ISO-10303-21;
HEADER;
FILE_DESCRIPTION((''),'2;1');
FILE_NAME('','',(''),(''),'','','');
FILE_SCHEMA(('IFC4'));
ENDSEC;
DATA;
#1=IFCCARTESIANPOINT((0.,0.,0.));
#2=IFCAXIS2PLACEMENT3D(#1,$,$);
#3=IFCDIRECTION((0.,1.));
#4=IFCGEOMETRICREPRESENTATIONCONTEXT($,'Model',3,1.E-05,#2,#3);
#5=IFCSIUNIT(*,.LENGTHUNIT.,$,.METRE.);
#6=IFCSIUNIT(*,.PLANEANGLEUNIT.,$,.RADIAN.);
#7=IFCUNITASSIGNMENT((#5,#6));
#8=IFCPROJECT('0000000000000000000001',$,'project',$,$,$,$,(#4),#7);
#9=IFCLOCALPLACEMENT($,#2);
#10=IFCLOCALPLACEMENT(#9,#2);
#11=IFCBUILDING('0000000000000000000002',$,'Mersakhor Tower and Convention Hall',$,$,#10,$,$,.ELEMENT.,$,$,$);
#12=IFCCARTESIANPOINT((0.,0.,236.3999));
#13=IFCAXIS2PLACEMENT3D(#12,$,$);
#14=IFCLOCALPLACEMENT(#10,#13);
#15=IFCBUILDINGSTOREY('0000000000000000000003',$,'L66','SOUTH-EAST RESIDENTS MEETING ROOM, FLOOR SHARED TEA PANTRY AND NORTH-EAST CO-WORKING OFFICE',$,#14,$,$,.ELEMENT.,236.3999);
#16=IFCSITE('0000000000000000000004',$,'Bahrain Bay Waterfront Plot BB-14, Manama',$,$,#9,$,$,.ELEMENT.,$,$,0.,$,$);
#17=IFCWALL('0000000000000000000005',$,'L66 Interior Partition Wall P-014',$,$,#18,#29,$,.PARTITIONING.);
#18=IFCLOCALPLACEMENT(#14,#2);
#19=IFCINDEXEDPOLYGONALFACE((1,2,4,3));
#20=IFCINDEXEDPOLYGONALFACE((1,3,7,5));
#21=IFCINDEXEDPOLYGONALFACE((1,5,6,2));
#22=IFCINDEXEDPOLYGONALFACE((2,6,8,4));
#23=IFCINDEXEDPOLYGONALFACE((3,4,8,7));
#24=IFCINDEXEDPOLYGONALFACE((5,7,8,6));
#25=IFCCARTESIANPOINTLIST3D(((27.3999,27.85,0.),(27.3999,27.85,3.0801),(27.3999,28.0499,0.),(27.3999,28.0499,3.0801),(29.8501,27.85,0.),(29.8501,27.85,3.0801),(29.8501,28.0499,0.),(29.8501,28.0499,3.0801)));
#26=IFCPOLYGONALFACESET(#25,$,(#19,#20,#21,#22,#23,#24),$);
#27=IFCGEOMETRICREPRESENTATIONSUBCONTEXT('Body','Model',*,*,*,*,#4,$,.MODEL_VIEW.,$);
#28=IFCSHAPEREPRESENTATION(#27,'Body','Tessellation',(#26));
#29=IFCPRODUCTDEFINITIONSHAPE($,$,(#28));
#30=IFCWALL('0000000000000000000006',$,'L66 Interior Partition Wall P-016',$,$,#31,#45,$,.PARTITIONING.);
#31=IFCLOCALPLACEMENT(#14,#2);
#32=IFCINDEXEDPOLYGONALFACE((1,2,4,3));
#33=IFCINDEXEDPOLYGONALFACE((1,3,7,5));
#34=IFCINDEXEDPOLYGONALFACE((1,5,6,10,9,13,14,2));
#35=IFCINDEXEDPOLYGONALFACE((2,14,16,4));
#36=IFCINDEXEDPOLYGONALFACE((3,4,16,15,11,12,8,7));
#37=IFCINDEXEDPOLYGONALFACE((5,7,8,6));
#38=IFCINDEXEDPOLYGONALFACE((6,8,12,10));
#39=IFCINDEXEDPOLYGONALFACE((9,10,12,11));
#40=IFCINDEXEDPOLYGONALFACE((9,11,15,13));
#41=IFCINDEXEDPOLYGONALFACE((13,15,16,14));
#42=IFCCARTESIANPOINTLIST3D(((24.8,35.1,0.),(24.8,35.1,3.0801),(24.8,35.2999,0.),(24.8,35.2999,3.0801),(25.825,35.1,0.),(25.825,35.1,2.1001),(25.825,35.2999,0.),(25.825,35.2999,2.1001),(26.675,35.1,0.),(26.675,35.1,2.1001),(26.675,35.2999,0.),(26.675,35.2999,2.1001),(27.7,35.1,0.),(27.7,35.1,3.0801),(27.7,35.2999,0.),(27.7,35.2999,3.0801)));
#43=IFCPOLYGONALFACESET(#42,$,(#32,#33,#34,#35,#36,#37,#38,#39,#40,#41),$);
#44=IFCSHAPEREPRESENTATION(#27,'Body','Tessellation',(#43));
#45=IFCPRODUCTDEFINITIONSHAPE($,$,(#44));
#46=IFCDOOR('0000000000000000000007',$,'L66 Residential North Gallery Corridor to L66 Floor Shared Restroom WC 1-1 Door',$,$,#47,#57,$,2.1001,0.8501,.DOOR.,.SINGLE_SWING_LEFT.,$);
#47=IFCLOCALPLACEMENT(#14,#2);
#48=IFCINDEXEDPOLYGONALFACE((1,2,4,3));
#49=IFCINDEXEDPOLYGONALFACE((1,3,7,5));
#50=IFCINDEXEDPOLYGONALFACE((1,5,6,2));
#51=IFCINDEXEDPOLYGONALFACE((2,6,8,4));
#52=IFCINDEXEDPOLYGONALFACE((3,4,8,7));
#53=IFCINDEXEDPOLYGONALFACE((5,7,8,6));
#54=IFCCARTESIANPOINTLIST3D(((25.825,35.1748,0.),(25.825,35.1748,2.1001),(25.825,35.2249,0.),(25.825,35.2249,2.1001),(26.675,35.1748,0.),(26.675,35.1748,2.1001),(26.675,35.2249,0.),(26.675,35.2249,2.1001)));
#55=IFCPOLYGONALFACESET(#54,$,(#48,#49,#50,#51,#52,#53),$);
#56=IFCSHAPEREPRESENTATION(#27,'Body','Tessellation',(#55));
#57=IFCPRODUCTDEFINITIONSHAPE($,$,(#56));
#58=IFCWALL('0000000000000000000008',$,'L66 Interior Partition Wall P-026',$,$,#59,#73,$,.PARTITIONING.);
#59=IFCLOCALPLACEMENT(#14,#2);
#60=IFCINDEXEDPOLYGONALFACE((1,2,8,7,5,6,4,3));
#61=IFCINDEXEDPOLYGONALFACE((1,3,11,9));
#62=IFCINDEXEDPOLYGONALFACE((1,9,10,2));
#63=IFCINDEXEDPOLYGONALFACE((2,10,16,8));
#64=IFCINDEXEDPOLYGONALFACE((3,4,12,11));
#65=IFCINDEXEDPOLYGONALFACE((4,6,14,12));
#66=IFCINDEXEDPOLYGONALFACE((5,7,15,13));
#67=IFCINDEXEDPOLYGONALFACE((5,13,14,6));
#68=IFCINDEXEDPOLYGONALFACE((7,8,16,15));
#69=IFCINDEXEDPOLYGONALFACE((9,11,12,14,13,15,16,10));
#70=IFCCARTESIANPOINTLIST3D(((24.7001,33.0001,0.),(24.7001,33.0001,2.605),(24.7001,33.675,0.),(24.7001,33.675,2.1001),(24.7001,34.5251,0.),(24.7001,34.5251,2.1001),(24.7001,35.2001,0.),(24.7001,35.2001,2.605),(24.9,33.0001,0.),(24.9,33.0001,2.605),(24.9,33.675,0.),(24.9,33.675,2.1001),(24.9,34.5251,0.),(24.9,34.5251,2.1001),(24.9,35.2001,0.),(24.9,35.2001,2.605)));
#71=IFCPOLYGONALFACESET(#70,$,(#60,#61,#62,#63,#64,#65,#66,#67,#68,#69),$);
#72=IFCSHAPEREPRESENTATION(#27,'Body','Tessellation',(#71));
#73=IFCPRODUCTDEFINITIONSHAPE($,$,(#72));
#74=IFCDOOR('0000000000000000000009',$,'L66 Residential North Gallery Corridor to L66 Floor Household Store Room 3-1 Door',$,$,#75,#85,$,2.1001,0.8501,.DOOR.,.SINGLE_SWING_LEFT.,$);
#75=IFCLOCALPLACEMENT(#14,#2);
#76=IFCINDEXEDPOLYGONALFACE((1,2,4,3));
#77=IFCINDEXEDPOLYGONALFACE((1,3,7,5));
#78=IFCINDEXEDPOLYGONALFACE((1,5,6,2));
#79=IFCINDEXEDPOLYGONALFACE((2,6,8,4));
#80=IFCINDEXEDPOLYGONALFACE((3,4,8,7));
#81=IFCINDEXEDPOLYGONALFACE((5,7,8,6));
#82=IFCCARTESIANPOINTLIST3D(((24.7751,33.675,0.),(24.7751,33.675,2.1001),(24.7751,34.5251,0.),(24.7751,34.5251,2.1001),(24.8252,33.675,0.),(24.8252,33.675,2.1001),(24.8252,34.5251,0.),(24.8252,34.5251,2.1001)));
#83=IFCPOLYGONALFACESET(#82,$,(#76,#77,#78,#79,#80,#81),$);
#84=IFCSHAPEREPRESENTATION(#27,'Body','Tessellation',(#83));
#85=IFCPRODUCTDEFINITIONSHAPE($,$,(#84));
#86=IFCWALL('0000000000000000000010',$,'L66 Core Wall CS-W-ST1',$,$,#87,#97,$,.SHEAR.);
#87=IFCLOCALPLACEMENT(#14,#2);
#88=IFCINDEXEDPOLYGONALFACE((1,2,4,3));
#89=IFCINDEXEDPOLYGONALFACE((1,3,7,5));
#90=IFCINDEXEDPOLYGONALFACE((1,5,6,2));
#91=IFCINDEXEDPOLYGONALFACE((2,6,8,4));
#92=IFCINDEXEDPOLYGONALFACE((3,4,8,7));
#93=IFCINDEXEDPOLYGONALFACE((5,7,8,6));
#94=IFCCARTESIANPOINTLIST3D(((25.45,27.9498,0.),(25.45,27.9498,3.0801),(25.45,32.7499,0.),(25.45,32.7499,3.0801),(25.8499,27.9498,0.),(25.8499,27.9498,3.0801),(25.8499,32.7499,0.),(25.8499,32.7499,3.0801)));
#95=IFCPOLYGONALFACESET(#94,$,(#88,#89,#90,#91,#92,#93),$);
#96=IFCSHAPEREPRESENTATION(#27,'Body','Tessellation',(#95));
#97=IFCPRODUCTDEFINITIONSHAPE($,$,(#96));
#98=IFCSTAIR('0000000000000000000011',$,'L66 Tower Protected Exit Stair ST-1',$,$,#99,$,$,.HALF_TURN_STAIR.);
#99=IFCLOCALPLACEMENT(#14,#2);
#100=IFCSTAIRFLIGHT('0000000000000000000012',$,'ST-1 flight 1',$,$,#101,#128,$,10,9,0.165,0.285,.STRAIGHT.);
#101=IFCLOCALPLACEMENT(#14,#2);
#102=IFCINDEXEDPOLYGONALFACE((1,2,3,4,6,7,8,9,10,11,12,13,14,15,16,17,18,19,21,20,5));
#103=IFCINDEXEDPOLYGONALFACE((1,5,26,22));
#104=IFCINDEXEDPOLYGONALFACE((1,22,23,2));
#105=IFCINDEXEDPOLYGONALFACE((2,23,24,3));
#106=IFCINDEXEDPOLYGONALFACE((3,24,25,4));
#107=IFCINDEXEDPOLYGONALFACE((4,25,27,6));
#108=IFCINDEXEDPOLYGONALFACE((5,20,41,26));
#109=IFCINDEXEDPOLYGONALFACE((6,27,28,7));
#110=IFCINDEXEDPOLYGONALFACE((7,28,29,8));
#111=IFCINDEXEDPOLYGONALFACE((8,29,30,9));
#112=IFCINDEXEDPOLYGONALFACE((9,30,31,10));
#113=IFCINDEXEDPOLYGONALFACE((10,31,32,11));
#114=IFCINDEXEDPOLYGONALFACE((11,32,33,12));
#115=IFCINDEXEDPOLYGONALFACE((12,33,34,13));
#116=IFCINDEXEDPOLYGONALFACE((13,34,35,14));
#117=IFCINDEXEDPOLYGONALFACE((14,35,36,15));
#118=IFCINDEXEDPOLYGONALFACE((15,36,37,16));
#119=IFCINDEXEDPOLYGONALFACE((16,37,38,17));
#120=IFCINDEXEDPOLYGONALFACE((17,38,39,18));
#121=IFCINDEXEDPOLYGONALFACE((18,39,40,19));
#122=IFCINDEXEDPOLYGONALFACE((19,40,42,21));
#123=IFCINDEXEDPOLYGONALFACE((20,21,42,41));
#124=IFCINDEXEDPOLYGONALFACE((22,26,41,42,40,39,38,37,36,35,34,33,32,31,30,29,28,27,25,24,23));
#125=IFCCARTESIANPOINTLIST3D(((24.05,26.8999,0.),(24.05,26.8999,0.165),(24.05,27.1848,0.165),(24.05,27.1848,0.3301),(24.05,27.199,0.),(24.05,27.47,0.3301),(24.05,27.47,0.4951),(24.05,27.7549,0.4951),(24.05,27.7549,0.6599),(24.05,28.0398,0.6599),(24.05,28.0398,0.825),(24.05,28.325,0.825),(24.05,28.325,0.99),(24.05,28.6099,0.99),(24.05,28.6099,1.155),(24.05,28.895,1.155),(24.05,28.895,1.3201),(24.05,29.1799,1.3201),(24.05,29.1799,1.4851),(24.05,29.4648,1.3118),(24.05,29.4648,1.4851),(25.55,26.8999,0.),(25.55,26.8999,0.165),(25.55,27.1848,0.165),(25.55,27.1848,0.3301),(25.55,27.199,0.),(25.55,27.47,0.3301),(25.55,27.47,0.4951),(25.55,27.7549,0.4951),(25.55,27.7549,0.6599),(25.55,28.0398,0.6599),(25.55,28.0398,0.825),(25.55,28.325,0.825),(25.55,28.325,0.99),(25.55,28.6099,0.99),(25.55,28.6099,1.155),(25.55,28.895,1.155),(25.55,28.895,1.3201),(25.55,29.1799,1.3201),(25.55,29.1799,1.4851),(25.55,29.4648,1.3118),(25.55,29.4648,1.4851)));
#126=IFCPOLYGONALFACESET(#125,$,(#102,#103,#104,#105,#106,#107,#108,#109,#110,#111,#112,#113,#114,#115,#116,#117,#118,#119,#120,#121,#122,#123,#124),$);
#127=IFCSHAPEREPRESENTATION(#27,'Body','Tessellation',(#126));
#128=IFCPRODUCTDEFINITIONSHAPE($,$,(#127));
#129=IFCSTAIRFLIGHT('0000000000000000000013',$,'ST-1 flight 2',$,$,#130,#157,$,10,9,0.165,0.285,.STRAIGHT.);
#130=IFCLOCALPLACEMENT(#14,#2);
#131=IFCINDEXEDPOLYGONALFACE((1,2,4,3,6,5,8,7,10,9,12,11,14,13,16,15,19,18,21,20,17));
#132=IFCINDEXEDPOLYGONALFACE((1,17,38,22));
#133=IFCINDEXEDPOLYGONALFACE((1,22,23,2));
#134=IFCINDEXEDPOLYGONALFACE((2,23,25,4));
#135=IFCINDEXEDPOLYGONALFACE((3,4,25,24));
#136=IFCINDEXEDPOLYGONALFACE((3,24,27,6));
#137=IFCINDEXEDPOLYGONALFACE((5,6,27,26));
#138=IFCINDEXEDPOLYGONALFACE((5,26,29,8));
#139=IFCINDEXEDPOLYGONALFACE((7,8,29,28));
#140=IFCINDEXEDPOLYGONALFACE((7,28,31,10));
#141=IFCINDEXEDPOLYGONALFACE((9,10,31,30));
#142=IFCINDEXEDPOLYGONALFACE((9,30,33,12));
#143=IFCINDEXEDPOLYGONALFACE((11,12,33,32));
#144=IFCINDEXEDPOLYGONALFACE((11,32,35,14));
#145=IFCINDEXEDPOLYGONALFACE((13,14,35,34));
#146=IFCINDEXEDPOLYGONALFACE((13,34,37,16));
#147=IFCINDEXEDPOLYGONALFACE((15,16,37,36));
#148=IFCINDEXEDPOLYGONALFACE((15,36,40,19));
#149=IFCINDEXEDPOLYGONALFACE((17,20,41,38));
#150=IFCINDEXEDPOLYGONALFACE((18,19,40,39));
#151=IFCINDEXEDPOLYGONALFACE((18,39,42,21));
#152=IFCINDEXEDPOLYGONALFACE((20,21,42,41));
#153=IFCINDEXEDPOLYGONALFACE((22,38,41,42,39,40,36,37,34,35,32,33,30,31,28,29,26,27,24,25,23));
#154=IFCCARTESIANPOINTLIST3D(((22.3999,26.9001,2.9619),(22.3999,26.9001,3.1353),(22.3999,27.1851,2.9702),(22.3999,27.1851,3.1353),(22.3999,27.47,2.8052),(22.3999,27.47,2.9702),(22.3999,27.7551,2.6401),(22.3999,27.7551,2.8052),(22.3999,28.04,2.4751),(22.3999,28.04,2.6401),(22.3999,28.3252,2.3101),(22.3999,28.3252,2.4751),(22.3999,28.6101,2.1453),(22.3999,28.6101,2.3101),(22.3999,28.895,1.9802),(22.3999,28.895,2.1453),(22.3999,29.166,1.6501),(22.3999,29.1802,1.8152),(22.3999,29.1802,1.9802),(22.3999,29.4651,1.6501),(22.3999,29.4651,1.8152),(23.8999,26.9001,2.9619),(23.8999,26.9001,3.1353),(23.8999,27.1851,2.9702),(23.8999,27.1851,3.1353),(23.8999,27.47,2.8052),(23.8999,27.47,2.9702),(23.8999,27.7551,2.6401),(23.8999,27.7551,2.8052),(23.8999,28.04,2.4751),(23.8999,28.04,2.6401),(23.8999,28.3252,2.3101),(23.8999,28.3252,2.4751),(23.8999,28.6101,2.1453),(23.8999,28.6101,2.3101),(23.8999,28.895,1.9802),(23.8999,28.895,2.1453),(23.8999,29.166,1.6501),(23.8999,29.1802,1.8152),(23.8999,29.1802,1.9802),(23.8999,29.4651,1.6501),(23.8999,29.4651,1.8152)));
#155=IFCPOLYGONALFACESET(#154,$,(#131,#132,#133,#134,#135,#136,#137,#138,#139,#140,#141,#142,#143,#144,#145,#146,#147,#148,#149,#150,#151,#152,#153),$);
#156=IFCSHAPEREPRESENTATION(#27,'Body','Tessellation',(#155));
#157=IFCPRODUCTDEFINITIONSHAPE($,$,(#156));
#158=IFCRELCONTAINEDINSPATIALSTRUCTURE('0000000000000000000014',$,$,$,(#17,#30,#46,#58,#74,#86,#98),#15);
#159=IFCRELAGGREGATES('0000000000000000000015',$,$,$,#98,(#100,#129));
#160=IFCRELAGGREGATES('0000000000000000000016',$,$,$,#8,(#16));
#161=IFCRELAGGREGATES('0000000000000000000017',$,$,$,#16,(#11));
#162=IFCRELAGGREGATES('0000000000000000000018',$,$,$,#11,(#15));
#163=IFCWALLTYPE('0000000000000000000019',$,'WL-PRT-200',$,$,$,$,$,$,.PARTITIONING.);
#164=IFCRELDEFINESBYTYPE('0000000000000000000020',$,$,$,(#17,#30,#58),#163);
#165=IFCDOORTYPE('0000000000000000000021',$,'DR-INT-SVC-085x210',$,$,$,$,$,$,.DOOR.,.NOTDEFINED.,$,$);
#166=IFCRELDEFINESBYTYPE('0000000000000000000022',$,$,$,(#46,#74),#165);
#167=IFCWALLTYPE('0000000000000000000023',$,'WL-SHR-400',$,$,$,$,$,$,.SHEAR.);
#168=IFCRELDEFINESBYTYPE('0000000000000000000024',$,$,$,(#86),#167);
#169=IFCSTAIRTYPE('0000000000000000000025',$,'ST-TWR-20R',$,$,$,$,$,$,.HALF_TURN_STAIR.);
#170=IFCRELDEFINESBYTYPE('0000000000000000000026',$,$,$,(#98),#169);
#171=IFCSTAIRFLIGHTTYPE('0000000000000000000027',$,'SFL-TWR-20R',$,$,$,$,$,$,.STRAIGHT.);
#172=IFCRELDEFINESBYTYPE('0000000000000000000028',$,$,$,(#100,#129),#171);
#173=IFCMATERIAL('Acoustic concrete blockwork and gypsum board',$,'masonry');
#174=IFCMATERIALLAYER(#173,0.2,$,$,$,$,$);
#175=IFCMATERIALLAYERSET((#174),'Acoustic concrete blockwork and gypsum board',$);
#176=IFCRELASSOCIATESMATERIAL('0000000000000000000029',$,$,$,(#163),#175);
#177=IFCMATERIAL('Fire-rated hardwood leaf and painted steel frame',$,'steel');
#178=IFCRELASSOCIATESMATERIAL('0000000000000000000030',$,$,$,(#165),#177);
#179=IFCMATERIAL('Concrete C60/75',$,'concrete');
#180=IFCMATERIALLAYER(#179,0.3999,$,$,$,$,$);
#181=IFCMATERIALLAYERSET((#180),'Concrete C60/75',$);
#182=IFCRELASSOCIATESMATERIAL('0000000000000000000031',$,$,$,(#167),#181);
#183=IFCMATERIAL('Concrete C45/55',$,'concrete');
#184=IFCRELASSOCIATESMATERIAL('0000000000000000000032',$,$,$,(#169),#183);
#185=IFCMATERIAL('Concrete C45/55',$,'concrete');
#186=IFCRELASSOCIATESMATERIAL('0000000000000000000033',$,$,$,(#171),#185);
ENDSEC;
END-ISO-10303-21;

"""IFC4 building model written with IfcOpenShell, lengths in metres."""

from ifc_helpers import new_model, si_unit, direction, frame, frame_2d, origin, place, context, subcontext, project, spatial, polyline, rectangle, outline, extrude, material, layer, layer_set, type_object, element, fill, aggregate, save


model = new_model("IFC4")

# Units and contexts
model_context = context("Model", 3, precision=1e-05, world=origin(), true_north=direction((0.0, 1.0)))
body_context = subcontext(model_context, "Body", "Model", "MODEL_VIEW")
ifc_project = project(units=[si_unit("LENGTHUNIT", "METRE"), si_unit("PLANEANGLEUNIT", "RADIAN")], contexts=[model_context])

# Site, building, storey
site_placement = place(None, origin())
site = spatial("IfcSite", under=ifc_project, at=site_placement, Name="Bahrain Bay Waterfront Plot BB-14, Manama", CompositionType="ELEMENT", RefElevation=0.0)
building_placement = place(site_placement, origin())
building = spatial("IfcBuilding", under=site, at=building_placement, Name="Mersakhor Tower and Convention Hall", CompositionType="ELEMENT")
storey_placement = place(building_placement, frame((0.0, 0.0, 236.3999)))
storey = spatial("IfcBuildingStorey", under=building, at=storey_placement, Name="L66", Description="SOUTH-EAST RESIDENTS MEETING ROOM, FLOOR SHARED TEA PANTRY AND NORTH-EAST CO-WORKING OFFICE", CompositionType="ELEMENT", Elevation=236.3999)

# Shared definitions
ifc_material_1 = material(Name="Acoustic concrete blockwork and gypsum board", Category="masonry")
ifc_layer_1 = layer(ifc_material_1, 0.2)
ifc_layer_set_1 = layer_set([ifc_layer_1], Name="Acoustic concrete blockwork and gypsum board")
wall_type_1 = type_object("IfcWallType", Name="WL-PRT-200", PredefinedType="PARTITIONING", material=ifc_layer_set_1)

# Wall
wall_1_placement = place(storey_placement, frame((27.3999, 27.95, 0.0), z_axis=(0.0, 0.0, 1.0), x_axis=(1.0, 0.0, 0.0)))
element("IfcWall", 1, at=wall_1_placement, inside=storey, type_object=wall_type_1, Name="L66 Interior Partition Wall P-014", PredefinedType="PARTITIONING", context=body_context, shape_type="SweptSolid", body=[
    extrude(rectangle(XDim=2.4502, YDim=0.2, at=frame_2d((1.2251, 0.0))), origin(), (0.0, 0.0, 1.0), 3.0801),
])

# Walls, openings, doors
wall_2_placement = place(storey_placement, frame((24.8, 35.2, 0.0), z_axis=(0.0, 0.0, 1.0), x_axis=(1.0, 0.0, 0.0)))
wall_2 = element("IfcWall", 2, at=wall_2_placement, inside=storey, type_object=wall_type_1, Name="L66 Interior Partition Wall P-016", PredefinedType="PARTITIONING", context=body_context, shape_type="SweptSolid", body=[
    extrude(rectangle(XDim=2.8999, YDim=0.2, at=frame_2d((1.45, 0.0))), origin(), (0.0, 0.0, 1.0), 3.0801),
])
opening_1_placement = place(wall_2_placement, frame((1.0249, 0.0, 0.0)))
opening_1 = element("IfcOpeningElement", 3, at=opening_1_placement, cuts=wall_2, PredefinedType="OPENING", context=body_context, shape_type="SweptSolid", body=[
    extrude(rectangle(XDim=0.8501, YDim=2.1001, at=frame_2d((0.425, 1.05))), frame((0.0, 0.1099, 0.0), z_axis=(0.0, -1.0, 0.0), x_axis=(1.0, 0.0, 0.0)), (0.0, 0.0, 1.0), 0.22),
])
ifc_material_2 = material(Name="Fire-rated hardwood leaf and painted steel frame", Category="steel")
door_type_1 = type_object("IfcDoorType", Name="DR-INT-SVC-085x210", OperationType="NOTDEFINED", PredefinedType="DOOR", material=ifc_material_2)
door_1_placement = place(opening_1_placement, origin())
door_1 = element("IfcDoor", 4, at=door_1_placement, inside=storey, type_object=door_type_1, Name="L66 Residential North Gallery Corridor to L66 Floor Shared Restroom WC 1-1 Door", OperationType="SINGLE_SWING_LEFT", OverallHeight=2.1001, OverallWidth=0.8501, PredefinedType="DOOR", context=body_context, shape_type="SweptSolid", body=[
    extrude(rectangle(XDim=0.8501, YDim=2.1001, at=frame_2d((0.425, 1.05))), frame((0.0, 0.0249, 0.0), z_axis=(0.0, -1.0, 0.0), x_axis=(1.0, 0.0, 0.0)), (0.0, 0.0, 1.0), 0.05),
])
fill(opening_1, door_1)
wall_3_placement = place(storey_placement, frame((24.8, 33.0, 0.0), z_axis=(0.0, 0.0, 1.0), x_axis=(0.0, 1.0, 0.0)))
wall_3 = element("IfcWall", 5, at=wall_3_placement, inside=storey, type_object=wall_type_1, Name="L66 Interior Partition Wall P-026", PredefinedType="PARTITIONING", context=body_context, shape_type="SweptSolid", body=[
    extrude(rectangle(XDim=2.2, YDim=0.2, at=frame_2d((1.1001, 0.0))), origin(), (0.0, 0.0, 1.0), 2.605),
])
opening_2_placement = place(wall_3_placement, frame((0.675, 0.0, 0.0)))
opening_2 = element("IfcOpeningElement", 6, at=opening_2_placement, cuts=wall_3, PredefinedType="OPENING", context=body_context, shape_type="SweptSolid", body=[
    extrude(rectangle(XDim=0.8501, YDim=2.1001, at=frame_2d((0.425, 1.05))), frame((0.0, 0.1099, 0.0), z_axis=(0.0, -1.0, 0.0), x_axis=(1.0, 0.0, 0.0)), (0.0, 0.0, 1.0), 0.22),
])
door_2_placement = place(opening_2_placement, origin())
door_2 = element("IfcDoor", 7, at=door_2_placement, inside=storey, type_object=door_type_1, Name="L66 Residential North Gallery Corridor to L66 Floor Household Store Room 3-1 Door", OperationType="SINGLE_SWING_LEFT", OverallHeight=2.1001, OverallWidth=0.8501, PredefinedType="DOOR", context=body_context, shape_type="SweptSolid", body=[
    extrude(rectangle(XDim=0.8501, YDim=2.1001, at=frame_2d((0.425, 1.05))), frame((0.0, 0.0249, 0.0), z_axis=(0.0, -1.0, 0.0), x_axis=(1.0, 0.0, 0.0)), (0.0, 0.0, 1.0), 0.05),
])
fill(opening_2, door_2)
ifc_material_3 = material(Name="Concrete C60/75", Category="concrete")
ifc_layer_2 = layer(ifc_material_3, 0.3999)
ifc_layer_set_2 = layer_set([ifc_layer_2], Name="Concrete C60/75")
wall_type_2 = type_object("IfcWallType", Name="WL-SHR-400", PredefinedType="SHEAR", material=ifc_layer_set_2)

# Wall
wall_4_placement = place(storey_placement, frame((25.6499, 27.95, 0.0), z_axis=(0.0, 0.0, 1.0), x_axis=(0.0, 1.0, 0.0)))
element("IfcWall", 8, at=wall_4_placement, inside=storey, type_object=wall_type_2, Name="L66 Core Wall CS-W-ST1", PredefinedType="SHEAR", context=body_context, shape_type="SweptSolid", body=[
    extrude(rectangle(XDim=4.8, YDim=0.3999, at=frame_2d((2.3999, 0.0))), origin(), (0.0, 0.0, 1.0), 3.0801),
])

# Stair, stair flights
ifc_material_4 = material(Name="Concrete C45/55", Category="concrete")
stair_type = type_object("IfcStairType", Name="ST-TWR-20R", PredefinedType="HALF_TURN_STAIR", material=ifc_material_4)
stair_placement = place(storey_placement, origin())
stair = element("IfcStair", 9, at=stair_placement, inside=storey, type_object=stair_type, Name="L66 Tower Protected Exit Stair ST-1", PredefinedType="HALF_TURN_STAIR")
ifc_material_5 = material(Name="Concrete C45/55", Category="concrete")
stair_flight_type = type_object("IfcStairFlightType", Name="SFL-TWR-20R", PredefinedType="STRAIGHT", material=ifc_material_5)
stair_flight_1_placement = place(storey_placement, frame((24.8, 26.8999, 0.0), z_axis=(0.0, 0.0, 1.0), x_axis=(0.0, 1.0, 0.0)))
stair_flight_1 = element("IfcStairFlight", 10, at=stair_flight_1_placement, type_object=stair_flight_type, Name="ST-1 flight 1", NumberOfRisers=10, NumberOfTreads=9, PredefinedType="STRAIGHT", RiserHeight=0.165, TreadLength=0.285, context=body_context, shape_type="SweptSolid", body=[
    extrude(outline(polyline([(0.0, 0.0), (0.0, 0.165), (0.2849, 0.165), (0.2849, 0.3301), (0.5701, 0.3301), (0.5701, 0.4951), (0.855, 0.4951), (0.855, 0.6599), (1.1399, 0.6599), (1.1399, 0.825), (1.425, 0.825), (1.425, 0.99), (1.71, 0.99), (1.71, 1.155), (1.9951, 1.155), (1.9951, 1.3201), (2.28, 1.3201), (2.28, 1.4851), (2.5649, 1.4851), (2.5649, 1.6499), (2.5649, 1.3118), (0.2991, 0.0), (0.0, 0.0)])), frame((0.0, 0.75, 0.0), z_axis=(0.0, -1.0, 0.0), x_axis=(1.0, 0.0, 0.0)), (0.0, 0.0, 1.0), 1.5),
])
stair_flight_2_placement = place(storey_placement, frame((23.1499, 29.4651, 1.6501), z_axis=(0.0, 0.0, 1.0), x_axis=(0.0, -1.0, 0.0)))
stair_flight_2 = element("IfcStairFlight", 11, at=stair_flight_2_placement, type_object=stair_flight_type, Name="ST-1 flight 2", NumberOfRisers=10, NumberOfTreads=9, PredefinedType="STRAIGHT", RiserHeight=0.165, TreadLength=0.285, context=body_context, shape_type="SweptSolid", body=[
    extrude(outline(polyline([(0.0, 0.0), (0.0, 0.165), (0.2849, 0.165), (0.2849, 0.3301), (0.5701, 0.3301), (0.5701, 0.4951), (0.855, 0.4951), (0.855, 0.6599), (1.1399, 0.6599), (1.1399, 0.825), (1.425, 0.825), (1.425, 0.99), (1.71, 0.99), (1.71, 1.155), (1.9951, 1.155), (1.9951, 1.3201), (2.28, 1.3201), (2.28, 1.4851), (2.5649, 1.4851), (2.5649, 1.6499), (2.5649, 1.3118), (0.2991, 0.0), (0.0, 0.0)])), frame((0.0, 0.75, 0.0), z_axis=(0.0, -1.0, 0.0), x_axis=(1.0, 0.0, 0.0)), (0.0, 0.0, 1.0), 1.5),
])
aggregate(stair, [stair_flight_1, stair_flight_2])

save(model, "model.ifc")
